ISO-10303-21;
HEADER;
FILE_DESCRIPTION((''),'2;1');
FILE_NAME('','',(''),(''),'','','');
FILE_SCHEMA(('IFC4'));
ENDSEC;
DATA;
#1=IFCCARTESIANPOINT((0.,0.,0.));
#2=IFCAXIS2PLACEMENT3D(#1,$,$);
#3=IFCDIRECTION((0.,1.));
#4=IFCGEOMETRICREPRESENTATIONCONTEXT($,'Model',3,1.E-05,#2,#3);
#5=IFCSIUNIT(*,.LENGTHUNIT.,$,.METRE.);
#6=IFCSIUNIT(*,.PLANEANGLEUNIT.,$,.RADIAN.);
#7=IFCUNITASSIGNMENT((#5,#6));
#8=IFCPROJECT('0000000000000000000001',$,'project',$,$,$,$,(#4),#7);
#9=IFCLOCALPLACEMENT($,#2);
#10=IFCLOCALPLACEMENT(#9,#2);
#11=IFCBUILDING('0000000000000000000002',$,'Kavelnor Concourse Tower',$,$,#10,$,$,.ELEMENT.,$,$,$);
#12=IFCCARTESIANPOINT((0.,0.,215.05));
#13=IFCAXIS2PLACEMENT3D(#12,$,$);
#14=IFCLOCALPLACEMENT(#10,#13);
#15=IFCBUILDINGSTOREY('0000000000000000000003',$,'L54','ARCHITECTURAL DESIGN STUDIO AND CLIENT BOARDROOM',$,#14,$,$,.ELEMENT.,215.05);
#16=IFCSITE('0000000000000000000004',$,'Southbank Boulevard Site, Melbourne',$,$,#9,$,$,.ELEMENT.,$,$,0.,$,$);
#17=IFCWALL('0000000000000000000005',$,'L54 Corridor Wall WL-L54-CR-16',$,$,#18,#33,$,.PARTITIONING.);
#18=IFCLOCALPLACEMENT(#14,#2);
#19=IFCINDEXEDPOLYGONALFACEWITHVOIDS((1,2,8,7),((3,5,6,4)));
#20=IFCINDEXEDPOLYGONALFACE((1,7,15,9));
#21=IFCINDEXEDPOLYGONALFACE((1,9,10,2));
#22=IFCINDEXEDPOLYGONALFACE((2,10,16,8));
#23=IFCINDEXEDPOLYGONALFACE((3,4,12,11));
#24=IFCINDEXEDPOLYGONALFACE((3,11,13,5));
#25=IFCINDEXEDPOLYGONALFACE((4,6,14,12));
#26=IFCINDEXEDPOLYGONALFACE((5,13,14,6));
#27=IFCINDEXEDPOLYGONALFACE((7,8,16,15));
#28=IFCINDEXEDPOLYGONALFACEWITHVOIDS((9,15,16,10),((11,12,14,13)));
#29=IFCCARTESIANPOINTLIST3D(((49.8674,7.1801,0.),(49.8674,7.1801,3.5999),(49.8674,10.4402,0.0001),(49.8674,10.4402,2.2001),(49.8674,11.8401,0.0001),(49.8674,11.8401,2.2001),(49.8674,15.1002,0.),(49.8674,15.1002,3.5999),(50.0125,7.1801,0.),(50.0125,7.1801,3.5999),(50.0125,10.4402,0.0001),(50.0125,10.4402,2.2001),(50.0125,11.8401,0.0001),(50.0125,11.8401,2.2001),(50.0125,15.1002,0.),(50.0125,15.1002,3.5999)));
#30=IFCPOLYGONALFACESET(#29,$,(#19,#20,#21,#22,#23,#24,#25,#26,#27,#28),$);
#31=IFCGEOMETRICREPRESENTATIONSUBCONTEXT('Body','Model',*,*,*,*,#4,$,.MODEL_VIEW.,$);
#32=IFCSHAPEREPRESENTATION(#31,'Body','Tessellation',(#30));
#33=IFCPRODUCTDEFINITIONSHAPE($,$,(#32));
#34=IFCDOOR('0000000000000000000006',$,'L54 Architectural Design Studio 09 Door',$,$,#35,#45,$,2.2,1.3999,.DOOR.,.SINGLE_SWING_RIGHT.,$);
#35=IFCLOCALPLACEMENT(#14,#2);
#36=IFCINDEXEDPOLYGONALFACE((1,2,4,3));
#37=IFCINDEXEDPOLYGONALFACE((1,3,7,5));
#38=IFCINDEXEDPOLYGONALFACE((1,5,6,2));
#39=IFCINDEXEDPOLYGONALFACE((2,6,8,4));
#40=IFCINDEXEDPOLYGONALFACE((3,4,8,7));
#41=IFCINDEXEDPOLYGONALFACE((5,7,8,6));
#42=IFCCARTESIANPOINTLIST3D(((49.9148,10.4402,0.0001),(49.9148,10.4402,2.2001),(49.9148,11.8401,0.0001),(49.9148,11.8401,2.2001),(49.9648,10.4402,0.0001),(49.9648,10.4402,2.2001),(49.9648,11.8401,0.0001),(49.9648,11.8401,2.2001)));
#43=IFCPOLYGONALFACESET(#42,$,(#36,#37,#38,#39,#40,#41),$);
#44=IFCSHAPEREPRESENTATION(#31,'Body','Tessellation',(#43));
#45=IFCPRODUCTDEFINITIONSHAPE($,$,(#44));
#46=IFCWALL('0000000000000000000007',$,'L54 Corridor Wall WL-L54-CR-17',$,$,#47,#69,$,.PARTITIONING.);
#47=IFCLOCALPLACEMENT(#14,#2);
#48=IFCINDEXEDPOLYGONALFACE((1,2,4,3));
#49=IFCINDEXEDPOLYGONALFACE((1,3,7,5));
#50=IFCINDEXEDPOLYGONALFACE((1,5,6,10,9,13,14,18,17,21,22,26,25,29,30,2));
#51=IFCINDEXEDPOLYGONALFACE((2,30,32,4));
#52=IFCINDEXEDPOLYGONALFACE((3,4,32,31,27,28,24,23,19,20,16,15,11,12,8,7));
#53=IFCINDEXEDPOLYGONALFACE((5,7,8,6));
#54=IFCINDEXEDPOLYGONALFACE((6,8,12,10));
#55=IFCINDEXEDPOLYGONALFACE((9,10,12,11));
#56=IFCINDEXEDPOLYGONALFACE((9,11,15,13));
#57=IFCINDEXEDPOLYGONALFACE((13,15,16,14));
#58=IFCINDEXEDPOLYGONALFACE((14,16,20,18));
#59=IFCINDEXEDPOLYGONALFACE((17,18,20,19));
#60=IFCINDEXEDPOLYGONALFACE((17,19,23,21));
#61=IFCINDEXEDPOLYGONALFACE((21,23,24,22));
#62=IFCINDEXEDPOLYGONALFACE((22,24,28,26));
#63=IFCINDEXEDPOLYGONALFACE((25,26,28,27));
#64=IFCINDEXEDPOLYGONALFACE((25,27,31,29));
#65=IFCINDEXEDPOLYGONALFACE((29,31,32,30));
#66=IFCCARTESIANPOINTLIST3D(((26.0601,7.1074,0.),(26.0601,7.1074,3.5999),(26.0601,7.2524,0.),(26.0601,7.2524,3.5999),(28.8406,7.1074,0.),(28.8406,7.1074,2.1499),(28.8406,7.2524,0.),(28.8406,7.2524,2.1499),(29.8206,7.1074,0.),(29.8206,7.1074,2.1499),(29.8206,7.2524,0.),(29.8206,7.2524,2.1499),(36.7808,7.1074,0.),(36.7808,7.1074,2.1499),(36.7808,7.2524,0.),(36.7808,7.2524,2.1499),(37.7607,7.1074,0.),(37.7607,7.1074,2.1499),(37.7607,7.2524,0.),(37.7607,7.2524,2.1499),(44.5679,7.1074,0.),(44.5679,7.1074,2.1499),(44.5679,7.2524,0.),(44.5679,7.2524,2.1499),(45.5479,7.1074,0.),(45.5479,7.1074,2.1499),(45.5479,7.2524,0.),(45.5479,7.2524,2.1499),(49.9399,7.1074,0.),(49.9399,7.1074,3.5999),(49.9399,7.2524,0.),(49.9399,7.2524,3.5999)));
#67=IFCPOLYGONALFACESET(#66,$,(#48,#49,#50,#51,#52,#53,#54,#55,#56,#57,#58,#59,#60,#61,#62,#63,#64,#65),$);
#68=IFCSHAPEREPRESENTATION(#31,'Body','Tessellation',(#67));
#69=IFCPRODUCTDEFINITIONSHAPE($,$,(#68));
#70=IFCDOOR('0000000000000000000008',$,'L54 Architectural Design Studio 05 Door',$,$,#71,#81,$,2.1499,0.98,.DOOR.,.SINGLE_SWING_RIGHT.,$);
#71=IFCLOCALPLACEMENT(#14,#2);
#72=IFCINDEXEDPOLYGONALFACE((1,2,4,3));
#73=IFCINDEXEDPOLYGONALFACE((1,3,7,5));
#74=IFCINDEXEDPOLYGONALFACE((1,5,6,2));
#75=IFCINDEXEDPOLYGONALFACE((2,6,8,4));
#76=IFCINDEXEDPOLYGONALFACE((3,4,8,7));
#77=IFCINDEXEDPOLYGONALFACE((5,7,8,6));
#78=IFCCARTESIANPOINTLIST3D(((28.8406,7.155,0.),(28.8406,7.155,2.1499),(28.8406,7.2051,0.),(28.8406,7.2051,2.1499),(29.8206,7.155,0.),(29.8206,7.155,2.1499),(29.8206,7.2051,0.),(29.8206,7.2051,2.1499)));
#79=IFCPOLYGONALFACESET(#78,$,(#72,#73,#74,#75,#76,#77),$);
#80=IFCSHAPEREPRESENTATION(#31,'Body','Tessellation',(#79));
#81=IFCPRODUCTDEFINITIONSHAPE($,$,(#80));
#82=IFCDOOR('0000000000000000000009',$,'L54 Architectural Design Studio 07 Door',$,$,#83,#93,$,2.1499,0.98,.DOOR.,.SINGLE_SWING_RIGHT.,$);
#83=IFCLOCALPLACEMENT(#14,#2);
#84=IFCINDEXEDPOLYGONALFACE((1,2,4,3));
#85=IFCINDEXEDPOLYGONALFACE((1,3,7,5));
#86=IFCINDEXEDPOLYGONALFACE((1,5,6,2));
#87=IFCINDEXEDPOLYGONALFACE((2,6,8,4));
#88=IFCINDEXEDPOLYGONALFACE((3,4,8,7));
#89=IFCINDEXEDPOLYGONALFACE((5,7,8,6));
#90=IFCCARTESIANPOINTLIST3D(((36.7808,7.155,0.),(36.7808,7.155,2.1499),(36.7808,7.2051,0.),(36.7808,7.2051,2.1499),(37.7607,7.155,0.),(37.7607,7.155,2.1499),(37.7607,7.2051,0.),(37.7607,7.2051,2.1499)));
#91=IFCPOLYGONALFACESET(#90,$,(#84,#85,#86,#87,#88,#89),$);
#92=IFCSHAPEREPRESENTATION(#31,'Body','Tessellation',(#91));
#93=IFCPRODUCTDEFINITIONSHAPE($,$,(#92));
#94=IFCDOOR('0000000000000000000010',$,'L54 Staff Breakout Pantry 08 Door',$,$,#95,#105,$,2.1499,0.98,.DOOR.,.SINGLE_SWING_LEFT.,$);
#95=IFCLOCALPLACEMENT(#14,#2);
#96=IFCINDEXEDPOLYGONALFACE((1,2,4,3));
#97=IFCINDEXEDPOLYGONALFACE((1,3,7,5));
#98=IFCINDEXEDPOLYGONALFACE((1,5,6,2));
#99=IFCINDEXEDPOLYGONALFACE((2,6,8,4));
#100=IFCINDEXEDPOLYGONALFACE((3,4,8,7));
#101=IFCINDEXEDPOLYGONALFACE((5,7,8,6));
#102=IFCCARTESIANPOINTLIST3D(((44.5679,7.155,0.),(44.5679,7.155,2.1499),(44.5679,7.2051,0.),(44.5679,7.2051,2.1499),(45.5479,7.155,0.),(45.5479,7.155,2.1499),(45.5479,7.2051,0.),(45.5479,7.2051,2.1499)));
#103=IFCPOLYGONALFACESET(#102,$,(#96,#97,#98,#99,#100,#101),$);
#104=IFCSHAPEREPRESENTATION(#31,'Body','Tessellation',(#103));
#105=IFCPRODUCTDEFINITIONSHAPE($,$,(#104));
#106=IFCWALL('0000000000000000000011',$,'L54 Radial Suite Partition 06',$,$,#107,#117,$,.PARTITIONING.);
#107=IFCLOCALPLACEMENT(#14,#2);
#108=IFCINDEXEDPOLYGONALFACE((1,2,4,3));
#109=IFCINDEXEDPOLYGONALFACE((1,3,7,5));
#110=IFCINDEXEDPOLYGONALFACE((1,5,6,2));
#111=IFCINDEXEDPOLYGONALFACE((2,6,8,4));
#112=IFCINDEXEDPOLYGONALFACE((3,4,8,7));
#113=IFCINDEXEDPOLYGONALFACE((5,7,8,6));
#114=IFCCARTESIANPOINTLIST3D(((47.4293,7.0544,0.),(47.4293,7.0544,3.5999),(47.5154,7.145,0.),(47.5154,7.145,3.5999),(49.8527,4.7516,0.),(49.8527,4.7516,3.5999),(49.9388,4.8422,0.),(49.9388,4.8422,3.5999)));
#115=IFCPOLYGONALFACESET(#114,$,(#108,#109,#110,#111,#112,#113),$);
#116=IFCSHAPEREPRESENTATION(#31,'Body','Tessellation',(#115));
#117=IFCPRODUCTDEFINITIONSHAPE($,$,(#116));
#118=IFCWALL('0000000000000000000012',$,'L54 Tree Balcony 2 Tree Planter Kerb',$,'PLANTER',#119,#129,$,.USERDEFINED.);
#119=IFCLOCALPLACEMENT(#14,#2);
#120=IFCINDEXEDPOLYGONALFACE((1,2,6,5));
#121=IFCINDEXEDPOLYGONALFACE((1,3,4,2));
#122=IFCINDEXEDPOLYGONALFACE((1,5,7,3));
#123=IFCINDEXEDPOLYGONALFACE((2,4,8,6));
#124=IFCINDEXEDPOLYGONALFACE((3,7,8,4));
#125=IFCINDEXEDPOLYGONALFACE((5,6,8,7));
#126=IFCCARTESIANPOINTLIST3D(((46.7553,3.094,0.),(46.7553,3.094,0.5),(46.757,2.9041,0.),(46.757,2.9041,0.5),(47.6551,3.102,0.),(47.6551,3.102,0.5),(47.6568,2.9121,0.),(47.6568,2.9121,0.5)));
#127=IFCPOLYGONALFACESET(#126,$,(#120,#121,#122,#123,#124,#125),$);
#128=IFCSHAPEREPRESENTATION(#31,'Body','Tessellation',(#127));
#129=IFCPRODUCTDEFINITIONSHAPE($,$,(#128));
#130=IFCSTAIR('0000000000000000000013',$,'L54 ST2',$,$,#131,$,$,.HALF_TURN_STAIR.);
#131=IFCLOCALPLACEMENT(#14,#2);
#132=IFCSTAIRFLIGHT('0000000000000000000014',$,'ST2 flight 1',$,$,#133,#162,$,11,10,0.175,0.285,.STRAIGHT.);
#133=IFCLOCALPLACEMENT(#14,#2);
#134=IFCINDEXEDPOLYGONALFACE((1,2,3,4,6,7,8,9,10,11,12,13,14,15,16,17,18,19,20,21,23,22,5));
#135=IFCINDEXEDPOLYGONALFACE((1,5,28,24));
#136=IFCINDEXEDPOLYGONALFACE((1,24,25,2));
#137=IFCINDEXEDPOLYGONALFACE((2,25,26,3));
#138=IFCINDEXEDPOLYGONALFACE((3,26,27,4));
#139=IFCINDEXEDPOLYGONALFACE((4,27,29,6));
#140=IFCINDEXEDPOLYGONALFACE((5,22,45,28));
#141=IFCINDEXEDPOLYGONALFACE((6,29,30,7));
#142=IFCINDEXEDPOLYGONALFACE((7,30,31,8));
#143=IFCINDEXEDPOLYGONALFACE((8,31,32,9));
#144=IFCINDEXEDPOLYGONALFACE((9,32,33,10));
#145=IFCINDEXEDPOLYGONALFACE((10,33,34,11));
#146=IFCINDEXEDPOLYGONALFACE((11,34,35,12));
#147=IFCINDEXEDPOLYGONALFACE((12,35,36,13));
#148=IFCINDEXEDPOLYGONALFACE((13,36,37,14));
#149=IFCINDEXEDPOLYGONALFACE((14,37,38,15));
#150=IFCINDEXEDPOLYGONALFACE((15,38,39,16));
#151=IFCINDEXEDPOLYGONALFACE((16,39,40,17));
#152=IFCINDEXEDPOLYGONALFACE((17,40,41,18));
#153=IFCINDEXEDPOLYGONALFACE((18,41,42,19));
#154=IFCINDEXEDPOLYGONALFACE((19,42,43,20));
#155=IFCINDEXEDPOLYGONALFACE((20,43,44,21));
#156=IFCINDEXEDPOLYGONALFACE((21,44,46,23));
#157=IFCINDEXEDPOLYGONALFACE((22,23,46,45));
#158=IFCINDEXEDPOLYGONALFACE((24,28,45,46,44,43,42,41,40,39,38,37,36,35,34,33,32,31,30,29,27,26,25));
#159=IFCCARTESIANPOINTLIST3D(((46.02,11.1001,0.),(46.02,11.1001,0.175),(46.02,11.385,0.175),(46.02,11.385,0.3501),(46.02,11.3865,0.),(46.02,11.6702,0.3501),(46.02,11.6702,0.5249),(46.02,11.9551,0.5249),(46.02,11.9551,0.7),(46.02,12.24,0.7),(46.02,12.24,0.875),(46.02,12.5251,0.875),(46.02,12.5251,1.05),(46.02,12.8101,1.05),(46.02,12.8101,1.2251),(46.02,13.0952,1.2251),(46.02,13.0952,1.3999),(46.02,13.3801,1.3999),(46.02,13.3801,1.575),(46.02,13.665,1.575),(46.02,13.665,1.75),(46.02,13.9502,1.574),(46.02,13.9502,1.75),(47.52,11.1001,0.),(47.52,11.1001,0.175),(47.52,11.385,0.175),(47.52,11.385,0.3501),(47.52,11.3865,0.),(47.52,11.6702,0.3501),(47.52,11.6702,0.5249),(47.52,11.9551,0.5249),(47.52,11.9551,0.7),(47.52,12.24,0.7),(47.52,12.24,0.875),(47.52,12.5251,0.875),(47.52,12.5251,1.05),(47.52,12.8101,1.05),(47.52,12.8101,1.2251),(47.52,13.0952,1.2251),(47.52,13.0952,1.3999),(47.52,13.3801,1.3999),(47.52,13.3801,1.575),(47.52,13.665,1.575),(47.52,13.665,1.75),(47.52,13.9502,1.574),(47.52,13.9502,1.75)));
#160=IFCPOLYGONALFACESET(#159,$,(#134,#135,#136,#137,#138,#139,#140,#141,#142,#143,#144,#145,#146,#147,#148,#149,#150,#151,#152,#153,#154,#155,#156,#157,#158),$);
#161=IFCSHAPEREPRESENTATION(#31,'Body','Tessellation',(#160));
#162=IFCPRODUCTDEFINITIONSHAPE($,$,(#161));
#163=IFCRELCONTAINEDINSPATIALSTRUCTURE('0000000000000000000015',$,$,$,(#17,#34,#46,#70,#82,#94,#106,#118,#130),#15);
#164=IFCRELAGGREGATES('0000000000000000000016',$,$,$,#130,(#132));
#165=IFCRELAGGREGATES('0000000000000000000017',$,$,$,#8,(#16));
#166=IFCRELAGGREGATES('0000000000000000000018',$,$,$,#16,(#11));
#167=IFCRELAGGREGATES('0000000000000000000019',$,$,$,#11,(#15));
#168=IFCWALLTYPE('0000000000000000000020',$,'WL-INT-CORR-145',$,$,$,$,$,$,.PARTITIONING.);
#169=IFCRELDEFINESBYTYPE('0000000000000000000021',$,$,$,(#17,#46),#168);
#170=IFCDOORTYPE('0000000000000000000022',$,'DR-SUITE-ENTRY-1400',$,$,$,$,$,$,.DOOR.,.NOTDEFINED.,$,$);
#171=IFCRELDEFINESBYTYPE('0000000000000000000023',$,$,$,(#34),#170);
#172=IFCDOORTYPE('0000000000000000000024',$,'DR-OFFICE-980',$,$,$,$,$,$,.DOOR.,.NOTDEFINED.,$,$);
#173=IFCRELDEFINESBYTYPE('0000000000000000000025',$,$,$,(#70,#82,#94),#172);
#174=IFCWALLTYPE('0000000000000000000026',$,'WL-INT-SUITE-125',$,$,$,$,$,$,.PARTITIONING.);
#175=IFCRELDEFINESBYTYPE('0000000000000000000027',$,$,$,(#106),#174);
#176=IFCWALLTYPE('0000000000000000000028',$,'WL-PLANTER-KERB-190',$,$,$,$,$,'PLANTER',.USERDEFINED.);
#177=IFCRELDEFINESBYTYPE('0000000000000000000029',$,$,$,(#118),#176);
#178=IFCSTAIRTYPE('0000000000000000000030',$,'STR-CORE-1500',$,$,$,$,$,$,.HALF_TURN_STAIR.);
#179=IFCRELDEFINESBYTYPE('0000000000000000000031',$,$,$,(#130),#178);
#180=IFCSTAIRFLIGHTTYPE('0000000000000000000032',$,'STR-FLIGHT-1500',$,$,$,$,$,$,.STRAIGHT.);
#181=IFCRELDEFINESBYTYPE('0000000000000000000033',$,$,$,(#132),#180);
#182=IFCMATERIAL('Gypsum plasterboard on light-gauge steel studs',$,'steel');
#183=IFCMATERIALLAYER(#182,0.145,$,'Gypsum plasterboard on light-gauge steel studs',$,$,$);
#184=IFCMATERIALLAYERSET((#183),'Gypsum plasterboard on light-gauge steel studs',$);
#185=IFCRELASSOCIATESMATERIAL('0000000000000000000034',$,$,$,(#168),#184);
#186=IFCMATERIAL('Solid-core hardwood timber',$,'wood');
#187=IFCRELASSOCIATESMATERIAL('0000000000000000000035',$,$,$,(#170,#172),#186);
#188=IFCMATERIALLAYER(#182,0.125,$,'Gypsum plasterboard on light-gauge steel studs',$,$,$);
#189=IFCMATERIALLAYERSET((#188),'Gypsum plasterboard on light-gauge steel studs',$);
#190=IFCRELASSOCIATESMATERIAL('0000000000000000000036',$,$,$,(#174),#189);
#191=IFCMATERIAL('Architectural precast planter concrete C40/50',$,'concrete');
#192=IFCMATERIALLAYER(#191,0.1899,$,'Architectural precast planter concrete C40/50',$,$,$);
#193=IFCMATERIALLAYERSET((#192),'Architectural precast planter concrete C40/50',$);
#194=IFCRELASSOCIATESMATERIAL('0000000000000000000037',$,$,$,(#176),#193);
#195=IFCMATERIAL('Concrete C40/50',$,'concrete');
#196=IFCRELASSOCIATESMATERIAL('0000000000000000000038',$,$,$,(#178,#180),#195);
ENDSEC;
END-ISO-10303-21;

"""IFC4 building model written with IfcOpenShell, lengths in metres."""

from ifc_helpers import new_model, si_unit, direction, frame, frame_2d, origin, place, context, subcontext, project, spatial, polyline, rectangle, outline, extrude, material, layer, layer_set, type_object, element, fill, aggregate, save


model = new_model("IFC4")

# Units and contexts
model_context = context("Model", 3, precision=1e-05, world=origin(), true_north=direction((0.0, 1.0)))
body_context = subcontext(model_context, "Body", "Model", "MODEL_VIEW")
ifc_project = project(units=[si_unit("LENGTHUNIT", "METRE"), si_unit("PLANEANGLEUNIT", "RADIAN")], contexts=[model_context])

# Site, building, storey
site_placement = place(None, origin())
site = spatial("IfcSite", under=ifc_project, at=site_placement, Name="Southbank Boulevard Site, Melbourne", CompositionType="ELEMENT", RefElevation=0.0)
building_placement = place(site_placement, origin())
building = spatial("IfcBuilding", under=site, at=building_placement, Name="Kavelnor Concourse Tower", CompositionType="ELEMENT")
storey_placement = place(building_placement, frame((0.0, 0.0, 215.05)))
storey = spatial("IfcBuildingStorey", under=building, at=storey_placement, Name="L54", Description="ARCHITECTURAL DESIGN STUDIO AND CLIENT BOARDROOM", CompositionType="ELEMENT", Elevation=215.05)

# Wall, opening, door
ifc_material_1 = material(Name="Gypsum plasterboard on light-gauge steel studs", Category="steel")
ifc_layer_1 = layer(ifc_material_1, 0.145, Name="Gypsum plasterboard on light-gauge steel studs")
ifc_layer_set_1 = layer_set([ifc_layer_1], Name="Gypsum plasterboard on light-gauge steel studs")
wall_type_1 = type_object("IfcWallType", Name="WL-INT-CORR-145", PredefinedType="PARTITIONING", material=ifc_layer_set_1)
wall_1_placement = place(storey_placement, frame((49.9399, 15.1001, 0.0), z_axis=(0.0, 0.0, 1.0), x_axis=(0.0, -1.0, 0.0)))
wall_1 = element("IfcWall", 1, at=wall_1_placement, inside=storey, type_object=wall_type_1, Name="L54 Corridor Wall WL-L54-CR-16", PredefinedType="PARTITIONING", context=body_context, shape_type="SweptSolid", body=[
    extrude(rectangle(XDim=7.9202, YDim=0.145, at=frame_2d((3.96, 0.0))), origin(), (0.0, 0.0, 1.0), 3.5999),
])
opening_1_placement = place(wall_1_placement, frame((3.26, 0.0, 0.0)))
opening_1 = element("IfcOpeningElement", 2, at=opening_1_placement, cuts=wall_1, PredefinedType="OPENING", context=body_context, shape_type="SweptSolid", body=[
    extrude(rectangle(XDim=1.3999, YDim=2.2, at=frame_2d((0.7, 1.1001))), frame((0.0, 0.0825, 0.0), z_axis=(0.0, -1.0, 0.0), x_axis=(1.0, 0.0, 0.0)), (0.0, 0.0, 1.0), 0.165),
])
ifc_material_2 = material(Name="Solid-core hardwood timber", Category="wood")
door_type_1 = type_object("IfcDoorType", Name="DR-SUITE-ENTRY-1400", OperationType="NOTDEFINED", PredefinedType="DOOR", material=ifc_material_2)
door_1_placement = place(opening_1_placement, origin())
door_1 = element("IfcDoor", 3, at=door_1_placement, inside=storey, type_object=door_type_1, Name="L54 Architectural Design Studio 09 Door", OperationType="SINGLE_SWING_RIGHT", OverallHeight=2.2, OverallWidth=1.3999, PredefinedType="DOOR", context=body_context, shape_type="SweptSolid", body=[
    extrude(rectangle(XDim=1.3999, YDim=2.2, at=frame_2d((0.7, 1.1001))), frame((0.0, 0.0249, 0.0), z_axis=(0.0, -1.0, 0.0), x_axis=(1.0, 0.0, 0.0)), (0.0, 0.0, 1.0), 0.05),
])
fill(opening_1, door_1)

# Wall, openings, doors
wall_2_placement = place(storey_placement, frame((49.9399, 7.1799, 0.0), z_axis=(0.0, 0.0, 1.0), x_axis=(-1.0, 0.0, 0.0)))
wall_2 = element("IfcWall", 4, at=wall_2_placement, inside=storey, type_object=wall_type_1, Name="L54 Corridor Wall WL-L54-CR-17", PredefinedType="PARTITIONING", context=body_context, shape_type="SweptSolid", body=[
    extrude(rectangle(XDim=23.8799, YDim=0.145, at=frame_2d((11.9399, 0.0))), origin(), (0.0, 0.0, 1.0), 3.5999),
])
opening_2_placement = place(wall_2_placement, frame((20.1194, 0.0, 0.0)))
opening_2 = element("IfcOpeningElement", 5, at=opening_2_placement, cuts=wall_2, PredefinedType="OPENING", context=body_context, shape_type="SweptSolid", body=[
    extrude(rectangle(XDim=0.98, YDim=2.1499, at=frame_2d((0.49, 1.075))), frame((0.0, 0.0825, 0.0), z_axis=(0.0, -1.0, 0.0), x_axis=(1.0, 0.0, 0.0)), (0.0, 0.0, 1.0), 0.165),
])
opening_3_placement = place(wall_2_placement, frame((12.1792, 0.0, 0.0)))
opening_3 = element("IfcOpeningElement", 6, at=opening_3_placement, cuts=wall_2, PredefinedType="OPENING", context=body_context, shape_type="SweptSolid", body=[
    extrude(rectangle(XDim=0.98, YDim=2.1499, at=frame_2d((0.49, 1.075))), frame((0.0, 0.0825, 0.0), z_axis=(0.0, -1.0, 0.0), x_axis=(1.0, 0.0, 0.0)), (0.0, 0.0, 1.0), 0.165),
])
opening_4_placement = place(wall_2_placement, frame((4.3921, 0.0, 0.0)))
opening_4 = element("IfcOpeningElement", 7, at=opening_4_placement, cuts=wall_2, PredefinedType="OPENING", context=body_context, shape_type="SweptSolid", body=[
    extrude(rectangle(XDim=0.98, YDim=2.1499, at=frame_2d((0.49, 1.075))), frame((0.0, 0.0825, 0.0), z_axis=(0.0, -1.0, 0.0), x_axis=(1.0, 0.0, 0.0)), (0.0, 0.0, 1.0), 0.165),
])
door_type_2 = type_object("IfcDoorType", Name="DR-OFFICE-980", OperationType="NOTDEFINED", PredefinedType="DOOR", material=ifc_material_2)
door_2_placement = place(opening_2_placement, origin())
door_2 = element("IfcDoor", 8, at=door_2_placement, inside=storey, type_object=door_type_2, Name="L54 Architectural Design Studio 05 Door", OperationType="SINGLE_SWING_RIGHT", OverallHeight=2.1499, OverallWidth=0.98, PredefinedType="DOOR", context=body_context, shape_type="SweptSolid", body=[
    extrude(rectangle(XDim=0.98, YDim=2.1499, at=frame_2d((0.49, 1.075))), frame((0.0, 0.0249, 0.0), z_axis=(0.0, -1.0, 0.0), x_axis=(1.0, 0.0, 0.0)), (0.0, 0.0, 1.0), 0.05),
])
fill(opening_2, door_2)
door_3_placement = place(opening_3_placement, origin())
door_3 = element("IfcDoor", 9, at=door_3_placement, inside=storey, type_object=door_type_2, Name="L54 Architectural Design Studio 07 Door", OperationType="SINGLE_SWING_RIGHT", OverallHeight=2.1499, OverallWidth=0.98, PredefinedType="DOOR", context=body_context, shape_type="SweptSolid", body=[
    extrude(rectangle(XDim=0.98, YDim=2.1499, at=frame_2d((0.49, 1.075))), frame((0.0, 0.0249, 0.0), z_axis=(0.0, -1.0, 0.0), x_axis=(1.0, 0.0, 0.0)), (0.0, 0.0, 1.0), 0.05),
])
fill(opening_3, door_3)
door_4_placement = place(opening_4_placement, origin())
door_4 = element("IfcDoor", 10, at=door_4_placement, inside=storey, type_object=door_type_2, Name="L54 Staff Breakout Pantry 08 Door", OperationType="SINGLE_SWING_LEFT", OverallHeight=2.1499, OverallWidth=0.98, PredefinedType="DOOR", context=body_context, shape_type="SweptSolid", body=[
    extrude(rectangle(XDim=0.98, YDim=2.1499, at=frame_2d((0.49, 1.075))), frame((0.0, 0.0249, 0.0), z_axis=(0.0, -1.0, 0.0), x_axis=(1.0, 0.0, 0.0)), (0.0, 0.0, 1.0), 0.05),
])
fill(opening_4, door_4)

# Walls
ifc_layer_2 = layer(ifc_material_1, 0.125, Name="Gypsum plasterboard on light-gauge steel studs")
ifc_layer_set_2 = layer_set([ifc_layer_2], Name="Gypsum plasterboard on light-gauge steel studs")
wall_type_2 = type_object("IfcWallType", Name="WL-INT-SUITE-125", PredefinedType="PARTITIONING", material=ifc_layer_set_2)
wall_3_placement = place(storey_placement, frame((47.4724, 7.0996, 0.0), z_axis=(0.0, 0.0, 1.0), x_axis=(0.724916, -0.688838, 0.0)))
element("IfcWall", 11, at=wall_3_placement, inside=storey, type_object=wall_type_2, Name="L54 Radial Suite Partition 06", PredefinedType="PARTITIONING", context=body_context, shape_type="SweptSolid", body=[
    extrude(rectangle(XDim=3.343, YDim=0.125, at=frame_2d((1.6714, 0.0))), origin(), (0.0, 0.0, 1.0), 3.5999),
])
ifc_material_3 = material(Name="Architectural precast planter concrete C40/50", Category="concrete")
ifc_layer_3 = layer(ifc_material_3, 0.1899, Name="Architectural precast planter concrete C40/50")
ifc_layer_set_3 = layer_set([ifc_layer_3], Name="Architectural precast planter concrete C40/50")
wall_type_3 = type_object("IfcWallType", Name="WL-PLANTER-KERB-190", ElementType="PLANTER", PredefinedType="USERDEFINED", material=ifc_layer_set_3)
wall_4_placement = place(storey_placement, frame((46.7561, 2.999, 0.0), z_axis=(0.0, 0.0, 1.0), x_axis=(0.99996, 0.008952, 0.0)))
element("IfcWall", 12, at=wall_4_placement, inside=storey, type_object=wall_type_3, Name="L54 Tree Balcony 2 Tree Planter Kerb", ObjectType="PLANTER", PredefinedType="USERDEFINED", context=body_context, shape_type="SweptSolid", body=[
    extrude(rectangle(XDim=0.8999, YDim=0.1899, at=frame_2d((0.45, 0.0))), origin(), (0.0, 0.0, 1.0), 0.5),
])

# Stair, stair flight
ifc_material_4 = material(Name="Concrete C40/50", Category="concrete")
stair_type = type_object("IfcStairType", Name="STR-CORE-1500", PredefinedType="HALF_TURN_STAIR", material=ifc_material_4)
stair_placement = place(storey_placement, origin())
stair = element("IfcStair", 13, at=stair_placement, inside=storey, type_object=stair_type, Name="L54 ST2", PredefinedType="HALF_TURN_STAIR")
stair_flight_type = type_object("IfcStairFlightType", Name="STR-FLIGHT-1500", PredefinedType="STRAIGHT", material=ifc_material_4)
stair_flight_placement = place(storey_placement, frame((46.77, 11.1001, 0.0), z_axis=(0.0, 0.0, 1.0), x_axis=(0.0, 1.0, 0.0)))
stair_flight = element("IfcStairFlight", 14, at=stair_flight_placement, type_object=stair_flight_type, Name="ST2 flight 1", NumberOfRisers=11, NumberOfTreads=10, PredefinedType="STRAIGHT", RiserHeight=0.175, TreadLength=0.285, context=body_context, shape_type="SweptSolid", body=[
    extrude(outline(polyline([(0.0, 0.0), (0.0, 0.175), (0.2849, 0.175), (0.2849, 0.3501), (0.5701, 0.3501), (0.5701, 0.5249), (0.855, 0.5249), (0.855, 0.7), (1.1399, 0.7), (1.1399, 0.875), (1.425, 0.875), (1.425, 1.05), (1.71, 1.05), (1.71, 1.2251), (1.9951, 1.2251), (1.9951, 1.3999), (2.28, 1.3999), (2.28, 1.575), (2.5649, 1.575), (2.5649, 1.75), (2.8501, 1.75), (2.8501, 1.925), (2.8501, 1.574), (0.2864, 0.0), (0.0, 0.0)])), frame((0.0, 0.75, 0.0), z_axis=(0.0, -1.0, 0.0), x_axis=(1.0, 0.0, 0.0)), (0.0, 0.0, 1.0), 1.5),
])
aggregate(stair, [stair_flight])

save(model, "model.ifc")
